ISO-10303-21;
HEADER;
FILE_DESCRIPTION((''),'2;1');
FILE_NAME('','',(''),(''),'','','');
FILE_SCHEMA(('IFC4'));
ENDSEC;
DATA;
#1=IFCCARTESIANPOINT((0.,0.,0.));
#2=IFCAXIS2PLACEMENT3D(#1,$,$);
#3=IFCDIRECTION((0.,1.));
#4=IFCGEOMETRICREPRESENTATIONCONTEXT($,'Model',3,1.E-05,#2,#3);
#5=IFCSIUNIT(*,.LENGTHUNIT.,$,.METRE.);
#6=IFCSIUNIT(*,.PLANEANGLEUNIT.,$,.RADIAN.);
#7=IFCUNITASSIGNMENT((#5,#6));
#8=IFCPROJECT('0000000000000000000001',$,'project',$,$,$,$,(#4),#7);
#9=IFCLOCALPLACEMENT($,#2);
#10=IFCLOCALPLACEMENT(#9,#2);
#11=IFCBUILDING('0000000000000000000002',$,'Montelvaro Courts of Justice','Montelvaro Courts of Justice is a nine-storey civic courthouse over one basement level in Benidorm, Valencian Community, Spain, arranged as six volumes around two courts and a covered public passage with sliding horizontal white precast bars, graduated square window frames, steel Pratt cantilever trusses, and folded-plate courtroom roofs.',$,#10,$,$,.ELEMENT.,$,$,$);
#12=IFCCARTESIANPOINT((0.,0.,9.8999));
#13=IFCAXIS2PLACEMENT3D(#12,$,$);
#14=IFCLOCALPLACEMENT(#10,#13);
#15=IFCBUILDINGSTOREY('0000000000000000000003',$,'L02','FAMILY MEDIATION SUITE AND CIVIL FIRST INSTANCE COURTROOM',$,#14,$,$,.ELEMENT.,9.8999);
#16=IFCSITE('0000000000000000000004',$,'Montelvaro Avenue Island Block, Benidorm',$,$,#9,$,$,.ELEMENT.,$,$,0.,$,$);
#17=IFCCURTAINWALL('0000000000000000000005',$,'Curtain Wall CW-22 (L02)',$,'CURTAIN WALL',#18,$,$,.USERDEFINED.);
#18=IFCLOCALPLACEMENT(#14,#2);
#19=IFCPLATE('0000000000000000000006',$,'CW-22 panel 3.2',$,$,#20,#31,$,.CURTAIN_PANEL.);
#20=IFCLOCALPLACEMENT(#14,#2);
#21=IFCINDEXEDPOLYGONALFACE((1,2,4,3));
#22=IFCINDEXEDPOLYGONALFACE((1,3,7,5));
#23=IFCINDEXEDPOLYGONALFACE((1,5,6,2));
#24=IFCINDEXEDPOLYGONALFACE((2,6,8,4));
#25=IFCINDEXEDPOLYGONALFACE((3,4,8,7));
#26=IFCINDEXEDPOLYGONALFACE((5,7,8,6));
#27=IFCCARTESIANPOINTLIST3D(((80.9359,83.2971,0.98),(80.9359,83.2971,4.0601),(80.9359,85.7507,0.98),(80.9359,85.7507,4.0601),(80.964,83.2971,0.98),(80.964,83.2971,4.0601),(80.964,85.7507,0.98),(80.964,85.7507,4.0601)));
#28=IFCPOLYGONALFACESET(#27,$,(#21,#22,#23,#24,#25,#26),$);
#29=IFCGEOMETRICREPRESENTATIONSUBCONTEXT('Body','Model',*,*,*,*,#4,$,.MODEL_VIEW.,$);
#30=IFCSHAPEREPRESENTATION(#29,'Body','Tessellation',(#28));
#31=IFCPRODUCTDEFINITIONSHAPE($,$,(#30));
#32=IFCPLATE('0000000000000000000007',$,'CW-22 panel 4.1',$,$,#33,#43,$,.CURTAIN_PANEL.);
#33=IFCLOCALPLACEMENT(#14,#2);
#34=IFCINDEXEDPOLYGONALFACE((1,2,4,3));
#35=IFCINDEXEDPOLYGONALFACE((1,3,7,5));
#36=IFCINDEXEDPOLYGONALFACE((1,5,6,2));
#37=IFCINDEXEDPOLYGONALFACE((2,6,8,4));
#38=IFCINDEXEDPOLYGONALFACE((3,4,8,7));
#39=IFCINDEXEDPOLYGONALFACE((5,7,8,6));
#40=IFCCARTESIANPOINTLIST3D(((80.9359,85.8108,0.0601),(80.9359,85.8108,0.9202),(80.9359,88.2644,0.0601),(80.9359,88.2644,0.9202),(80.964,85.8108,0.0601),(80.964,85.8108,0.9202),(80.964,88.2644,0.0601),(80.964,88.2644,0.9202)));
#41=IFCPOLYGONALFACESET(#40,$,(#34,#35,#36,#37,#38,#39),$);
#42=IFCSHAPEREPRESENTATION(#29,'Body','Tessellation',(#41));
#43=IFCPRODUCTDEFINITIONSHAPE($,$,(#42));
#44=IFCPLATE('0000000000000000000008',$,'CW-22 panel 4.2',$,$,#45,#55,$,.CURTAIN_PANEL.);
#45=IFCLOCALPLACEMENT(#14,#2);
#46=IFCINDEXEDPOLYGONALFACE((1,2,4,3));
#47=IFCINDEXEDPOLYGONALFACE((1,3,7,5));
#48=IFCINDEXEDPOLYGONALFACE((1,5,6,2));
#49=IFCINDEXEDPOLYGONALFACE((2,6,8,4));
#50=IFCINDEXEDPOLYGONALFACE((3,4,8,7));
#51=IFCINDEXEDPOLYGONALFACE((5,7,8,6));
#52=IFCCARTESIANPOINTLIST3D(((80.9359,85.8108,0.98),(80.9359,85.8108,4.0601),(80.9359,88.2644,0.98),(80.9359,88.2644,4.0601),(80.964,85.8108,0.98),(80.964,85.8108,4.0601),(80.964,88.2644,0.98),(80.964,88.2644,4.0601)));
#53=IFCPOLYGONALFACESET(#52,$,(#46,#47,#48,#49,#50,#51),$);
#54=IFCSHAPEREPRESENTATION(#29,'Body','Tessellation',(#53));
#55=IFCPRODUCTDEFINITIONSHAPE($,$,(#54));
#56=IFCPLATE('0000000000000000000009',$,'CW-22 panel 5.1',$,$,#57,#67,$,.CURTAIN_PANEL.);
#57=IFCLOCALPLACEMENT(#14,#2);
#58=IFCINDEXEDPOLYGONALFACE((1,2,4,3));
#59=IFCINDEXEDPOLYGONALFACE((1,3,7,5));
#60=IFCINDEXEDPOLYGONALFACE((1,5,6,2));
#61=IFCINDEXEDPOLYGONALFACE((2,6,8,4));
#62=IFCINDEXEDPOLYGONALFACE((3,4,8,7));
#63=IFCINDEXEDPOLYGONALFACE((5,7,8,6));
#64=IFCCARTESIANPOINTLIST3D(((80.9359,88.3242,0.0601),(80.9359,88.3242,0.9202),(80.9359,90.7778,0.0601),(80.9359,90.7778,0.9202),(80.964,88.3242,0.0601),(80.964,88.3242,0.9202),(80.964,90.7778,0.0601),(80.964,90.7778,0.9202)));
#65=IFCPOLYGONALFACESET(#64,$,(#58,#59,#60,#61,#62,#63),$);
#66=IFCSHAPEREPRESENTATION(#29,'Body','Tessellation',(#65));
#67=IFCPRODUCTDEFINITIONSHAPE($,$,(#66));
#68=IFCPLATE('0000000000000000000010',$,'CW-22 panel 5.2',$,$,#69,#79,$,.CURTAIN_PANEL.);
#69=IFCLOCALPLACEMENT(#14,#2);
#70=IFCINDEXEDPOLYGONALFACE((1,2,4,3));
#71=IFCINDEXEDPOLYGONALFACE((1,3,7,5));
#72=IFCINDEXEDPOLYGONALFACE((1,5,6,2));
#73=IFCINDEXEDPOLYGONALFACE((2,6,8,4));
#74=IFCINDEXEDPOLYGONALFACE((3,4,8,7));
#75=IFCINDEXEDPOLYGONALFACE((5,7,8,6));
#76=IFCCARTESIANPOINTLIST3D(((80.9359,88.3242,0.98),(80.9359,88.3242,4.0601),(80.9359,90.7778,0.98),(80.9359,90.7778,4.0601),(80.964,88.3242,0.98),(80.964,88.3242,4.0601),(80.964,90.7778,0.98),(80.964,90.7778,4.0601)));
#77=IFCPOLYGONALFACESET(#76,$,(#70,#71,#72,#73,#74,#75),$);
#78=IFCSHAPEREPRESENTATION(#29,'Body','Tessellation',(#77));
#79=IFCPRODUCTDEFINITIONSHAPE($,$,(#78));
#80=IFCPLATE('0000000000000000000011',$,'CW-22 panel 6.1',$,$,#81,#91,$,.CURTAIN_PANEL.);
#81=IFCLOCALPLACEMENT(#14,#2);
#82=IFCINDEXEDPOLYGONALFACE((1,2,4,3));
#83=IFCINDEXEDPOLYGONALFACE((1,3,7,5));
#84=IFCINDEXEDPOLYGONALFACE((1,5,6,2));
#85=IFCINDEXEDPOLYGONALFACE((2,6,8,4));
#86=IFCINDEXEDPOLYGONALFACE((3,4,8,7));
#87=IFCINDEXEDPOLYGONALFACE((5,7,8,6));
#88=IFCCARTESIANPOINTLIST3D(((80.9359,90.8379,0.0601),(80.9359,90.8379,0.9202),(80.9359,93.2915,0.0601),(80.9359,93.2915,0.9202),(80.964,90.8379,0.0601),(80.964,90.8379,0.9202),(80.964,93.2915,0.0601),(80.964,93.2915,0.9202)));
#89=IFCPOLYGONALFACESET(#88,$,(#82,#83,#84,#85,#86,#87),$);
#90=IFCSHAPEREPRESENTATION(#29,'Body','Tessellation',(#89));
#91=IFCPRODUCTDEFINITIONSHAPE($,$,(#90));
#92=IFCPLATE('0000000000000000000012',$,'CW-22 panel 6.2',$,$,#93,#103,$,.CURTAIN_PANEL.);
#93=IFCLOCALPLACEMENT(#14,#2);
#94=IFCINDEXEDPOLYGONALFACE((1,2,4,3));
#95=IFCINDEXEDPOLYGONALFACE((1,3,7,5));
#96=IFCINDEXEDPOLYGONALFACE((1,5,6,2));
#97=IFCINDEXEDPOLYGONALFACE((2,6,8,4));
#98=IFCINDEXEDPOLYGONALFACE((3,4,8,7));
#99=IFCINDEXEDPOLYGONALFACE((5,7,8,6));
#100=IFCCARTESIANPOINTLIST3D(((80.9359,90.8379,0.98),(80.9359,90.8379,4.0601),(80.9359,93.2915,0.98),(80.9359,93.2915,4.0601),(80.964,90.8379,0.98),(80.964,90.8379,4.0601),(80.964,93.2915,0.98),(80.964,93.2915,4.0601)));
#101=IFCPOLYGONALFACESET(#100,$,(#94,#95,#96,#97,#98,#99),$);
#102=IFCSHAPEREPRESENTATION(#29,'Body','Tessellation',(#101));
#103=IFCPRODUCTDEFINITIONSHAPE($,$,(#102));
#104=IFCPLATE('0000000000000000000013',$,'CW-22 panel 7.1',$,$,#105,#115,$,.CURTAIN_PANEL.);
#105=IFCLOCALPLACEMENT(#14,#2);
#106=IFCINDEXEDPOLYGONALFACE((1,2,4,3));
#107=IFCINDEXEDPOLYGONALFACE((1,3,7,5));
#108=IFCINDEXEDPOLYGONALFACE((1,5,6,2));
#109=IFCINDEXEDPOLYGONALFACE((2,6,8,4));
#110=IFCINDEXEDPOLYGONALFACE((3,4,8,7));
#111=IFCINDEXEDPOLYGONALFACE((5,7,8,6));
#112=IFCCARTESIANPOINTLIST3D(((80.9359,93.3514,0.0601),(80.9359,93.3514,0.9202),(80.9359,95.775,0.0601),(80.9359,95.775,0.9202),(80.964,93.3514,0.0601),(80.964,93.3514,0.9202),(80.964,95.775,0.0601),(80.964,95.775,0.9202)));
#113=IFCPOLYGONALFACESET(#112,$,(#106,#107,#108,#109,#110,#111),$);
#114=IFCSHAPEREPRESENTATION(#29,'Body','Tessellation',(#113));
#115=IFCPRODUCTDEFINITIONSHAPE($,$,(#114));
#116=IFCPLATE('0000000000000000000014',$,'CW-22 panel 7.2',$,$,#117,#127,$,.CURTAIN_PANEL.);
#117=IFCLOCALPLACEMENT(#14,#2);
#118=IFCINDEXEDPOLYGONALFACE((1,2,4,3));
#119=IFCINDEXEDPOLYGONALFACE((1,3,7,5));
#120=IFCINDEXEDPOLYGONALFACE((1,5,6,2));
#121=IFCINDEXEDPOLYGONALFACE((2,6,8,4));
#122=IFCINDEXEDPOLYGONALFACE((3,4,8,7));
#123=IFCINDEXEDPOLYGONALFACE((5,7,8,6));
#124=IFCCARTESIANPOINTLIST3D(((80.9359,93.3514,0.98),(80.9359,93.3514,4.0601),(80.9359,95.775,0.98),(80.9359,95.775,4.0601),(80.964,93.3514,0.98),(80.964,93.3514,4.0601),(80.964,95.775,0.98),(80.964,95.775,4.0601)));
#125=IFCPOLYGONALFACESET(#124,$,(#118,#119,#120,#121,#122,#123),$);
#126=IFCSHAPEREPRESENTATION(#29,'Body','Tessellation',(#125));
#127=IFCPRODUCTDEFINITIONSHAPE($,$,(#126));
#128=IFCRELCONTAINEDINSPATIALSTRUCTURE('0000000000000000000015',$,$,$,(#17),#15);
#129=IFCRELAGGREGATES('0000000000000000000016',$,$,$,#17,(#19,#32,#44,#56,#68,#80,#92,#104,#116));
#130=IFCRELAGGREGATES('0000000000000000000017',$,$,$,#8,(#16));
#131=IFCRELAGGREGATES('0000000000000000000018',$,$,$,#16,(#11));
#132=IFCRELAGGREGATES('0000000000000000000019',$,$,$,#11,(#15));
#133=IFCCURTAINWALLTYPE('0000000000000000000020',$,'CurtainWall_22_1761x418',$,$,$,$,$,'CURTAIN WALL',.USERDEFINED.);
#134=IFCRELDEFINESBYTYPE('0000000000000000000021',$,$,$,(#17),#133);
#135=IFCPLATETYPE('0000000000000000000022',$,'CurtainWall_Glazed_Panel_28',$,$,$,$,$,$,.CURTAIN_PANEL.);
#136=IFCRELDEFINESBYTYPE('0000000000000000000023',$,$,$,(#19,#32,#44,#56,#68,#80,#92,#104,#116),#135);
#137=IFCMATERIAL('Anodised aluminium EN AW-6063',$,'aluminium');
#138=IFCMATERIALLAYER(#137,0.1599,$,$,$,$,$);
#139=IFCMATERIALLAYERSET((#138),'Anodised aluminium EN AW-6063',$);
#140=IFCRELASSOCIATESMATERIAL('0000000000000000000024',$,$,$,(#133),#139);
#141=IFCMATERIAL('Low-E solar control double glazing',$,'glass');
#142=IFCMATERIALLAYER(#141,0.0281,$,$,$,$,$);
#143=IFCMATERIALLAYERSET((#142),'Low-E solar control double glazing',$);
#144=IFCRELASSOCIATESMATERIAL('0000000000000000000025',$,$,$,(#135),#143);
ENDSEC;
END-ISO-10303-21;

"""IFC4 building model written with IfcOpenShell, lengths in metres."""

from ifc_helpers import new_model, si_unit, direction, frame, origin, origin_2d, place, context, subcontext, project, spatial, rectangle, extrude, material, layer, layer_set, type_object, element, aggregate, save


model = new_model("IFC4")

# Units and contexts
model_context = context("Model", 3, precision=1e-05, world=origin(), true_north=direction((0.0, 1.0)))
body_context = subcontext(model_context, "Body", "Model", "MODEL_VIEW")
ifc_project = project(units=[si_unit("LENGTHUNIT", "METRE"), si_unit("PLANEANGLEUNIT", "RADIAN")], contexts=[model_context])

# Site, building, storey
site_placement = place(None, origin())
site = spatial("IfcSite", under=ifc_project, at=site_placement, Name="Montelvaro Avenue Island Block, Benidorm", CompositionType="ELEMENT", RefElevation=0.0)
building_placement = place(site_placement, origin())
building = spatial("IfcBuilding", under=site, at=building_placement, Name="Montelvaro Courts of Justice", Description="Montelvaro Courts of Justice is a nine-storey civic courthouse over one basement level in Benidorm, Valencian Community, Spain, arranged as six volumes around two courts and a covered public passage with sliding horizontal white precast bars, graduated square window frames, steel Pratt cantilever trusses, and folded-plate courtroom roofs.", CompositionType="ELEMENT")
storey_placement = place(building_placement, frame((0.0, 0.0, 9.8999)))
storey = spatial("IfcBuildingStorey", under=building, at=storey_placement, Name="L02", Description="FAMILY MEDIATION SUITE AND CIVIL FIRST INSTANCE COURTROOM", CompositionType="ELEMENT", Elevation=9.8999)

# Curtain wall, plates
ifc_material_1 = material(Name="Anodised aluminium EN AW-6063", Category="aluminium")
ifc_layer_1 = layer(ifc_material_1, 0.1599)
ifc_layer_set_1 = layer_set([ifc_layer_1], Name="Anodised aluminium EN AW-6063")
curtain_wall_type = type_object("IfcCurtainWallType", Name="CurtainWall_22_1761x418", ElementType="CURTAIN WALL", PredefinedType="USERDEFINED", material=ifc_layer_set_1)
curtain_wall_placement = place(storey_placement, origin())
curtain_wall = element("IfcCurtainWall", 1, at=curtain_wall_placement, inside=storey, type_object=curtain_wall_type, Name="Curtain Wall CW-22 (L02)", ObjectType="CURTAIN WALL", PredefinedType="USERDEFINED")
ifc_material_2 = material(Name="Low-E solar control double glazing", Category="glass")
ifc_layer_2 = layer(ifc_material_2, 0.0281)
ifc_layer_set_2 = layer_set([ifc_layer_2], Name="Low-E solar control double glazing")
plate_type = type_object("IfcPlateType", Name="CurtainWall_Glazed_Panel_28", PredefinedType="CURTAIN_PANEL", material=ifc_layer_set_2)
plate_1_placement = place(storey_placement, frame((80.95, 84.5239, 0.98), z_axis=(0.0, 0.0, 1.0), x_axis=(0.0, 1.0, 0.0)))
plate_1 = element("IfcPlate", 2, at=plate_1_placement, type_object=plate_type, Name="CW-22 panel 3.2", PredefinedType="CURTAIN_PANEL", context=body_context, shape_type="SweptSolid", body=[
    extrude(rectangle(XDim=2.4536, YDim=0.0281, at=origin_2d()), origin(), (0.0, 0.0, 1.0), 3.0801),
])
plate_2_placement = place(storey_placement, frame((80.95, 87.0376, 0.0601), z_axis=(0.0, 0.0, 1.0), x_axis=(0.0, 1.0, 0.0)))
plate_2 = element("IfcPlate", 3, at=plate_2_placement, type_object=plate_type, Name="CW-22 panel 4.1", PredefinedType="CURTAIN_PANEL", context=body_context, shape_type="SweptSolid", body=[
    extrude(rectangle(XDim=2.4536, YDim=0.0281, at=origin_2d()), origin(), (0.0, 0.0, 1.0), 0.8601),
])
plate_3_placement = place(storey_placement, frame((80.95, 87.0376, 0.98), z_axis=(0.0, 0.0, 1.0), x_axis=(0.0, 1.0, 0.0)))
plate_3 = element("IfcPlate", 4, at=plate_3_placement, type_object=plate_type, Name="CW-22 panel 4.2", PredefinedType="CURTAIN_PANEL", context=body_context, shape_type="SweptSolid", body=[
    extrude(rectangle(XDim=2.4536, YDim=0.0281, at=origin_2d()), origin(), (0.0, 0.0, 1.0), 3.0801),
])
plate_4_placement = place(storey_placement, frame((80.95, 89.551, 0.0601), z_axis=(0.0, 0.0, 1.0), x_axis=(0.0, 1.0, 0.0)))
plate_4 = element("IfcPlate", 5, at=plate_4_placement, type_object=plate_type, Name="CW-22 panel 5.1", PredefinedType="CURTAIN_PANEL", context=body_context, shape_type="SweptSolid", body=[
    extrude(rectangle(XDim=2.4536, YDim=0.0281, at=origin_2d()), origin(), (0.0, 0.0, 1.0), 0.8601),
])
plate_5_placement = place(storey_placement, frame((80.95, 89.551, 0.98), z_axis=(0.0, 0.0, 1.0), x_axis=(0.0, 1.0, 0.0)))
plate_5 = element("IfcPlate", 6, at=plate_5_placement, type_object=plate_type, Name="CW-22 panel 5.2", PredefinedType="CURTAIN_PANEL", context=body_context, shape_type="SweptSolid", body=[
    extrude(rectangle(XDim=2.4536, YDim=0.0281, at=origin_2d()), origin(), (0.0, 0.0, 1.0), 3.0801),
])
plate_6_placement = place(storey_placement, frame((80.95, 92.0647, 0.0601), z_axis=(0.0, 0.0, 1.0), x_axis=(0.0, 1.0, 0.0)))
plate_6 = element("IfcPlate", 7, at=plate_6_placement, type_object=plate_type, Name="CW-22 panel 6.1", PredefinedType="CURTAIN_PANEL", context=body_context, shape_type="SweptSolid", body=[
    extrude(rectangle(XDim=2.4536, YDim=0.0281, at=origin_2d()), origin(), (0.0, 0.0, 1.0), 0.8601),
])
plate_7_placement = place(storey_placement, frame((80.95, 92.0647, 0.98), z_axis=(0.0, 0.0, 1.0), x_axis=(0.0, 1.0, 0.0)))
plate_7 = element("IfcPlate", 8, at=plate_7_placement, type_object=plate_type, Name="CW-22 panel 6.2", PredefinedType="CURTAIN_PANEL", context=body_context, shape_type="SweptSolid", body=[
    extrude(rectangle(XDim=2.4536, YDim=0.0281, at=origin_2d()), origin(), (0.0, 0.0, 1.0), 3.0801),
])
plate_8_placement = place(storey_placement, frame((80.95, 94.5632, 0.0601), z_axis=(0.0, 0.0, 1.0), x_axis=(0.0, 1.0, 0.0)))
plate_8 = element("IfcPlate", 9, at=plate_8_placement, type_object=plate_type, Name="CW-22 panel 7.1", PredefinedType="CURTAIN_PANEL", context=body_context, shape_type="SweptSolid", body=[
    extrude(rectangle(XDim=2.4236, YDim=0.0281, at=origin_2d()), origin(), (0.0, 0.0, 1.0), 0.8601),
])
plate_9_placement = place(storey_placement, frame((80.95, 94.5632, 0.98), z_axis=(0.0, 0.0, 1.0), x_axis=(0.0, 1.0, 0.0)))
plate_9 = element("IfcPlate", 10, at=plate_9_placement, type_object=plate_type, Name="CW-22 panel 7.2", PredefinedType="CURTAIN_PANEL", context=body_context, shape_type="SweptSolid", body=[
    extrude(rectangle(XDim=2.4236, YDim=0.0281, at=origin_2d()), origin(), (0.0, 0.0, 1.0), 3.0801),
])
aggregate(curtain_wall, [plate_1, plate_2, plate_3, plate_4, plate_5, plate_6, plate_7, plate_8, plate_9])

save(model, "model.ifc")
